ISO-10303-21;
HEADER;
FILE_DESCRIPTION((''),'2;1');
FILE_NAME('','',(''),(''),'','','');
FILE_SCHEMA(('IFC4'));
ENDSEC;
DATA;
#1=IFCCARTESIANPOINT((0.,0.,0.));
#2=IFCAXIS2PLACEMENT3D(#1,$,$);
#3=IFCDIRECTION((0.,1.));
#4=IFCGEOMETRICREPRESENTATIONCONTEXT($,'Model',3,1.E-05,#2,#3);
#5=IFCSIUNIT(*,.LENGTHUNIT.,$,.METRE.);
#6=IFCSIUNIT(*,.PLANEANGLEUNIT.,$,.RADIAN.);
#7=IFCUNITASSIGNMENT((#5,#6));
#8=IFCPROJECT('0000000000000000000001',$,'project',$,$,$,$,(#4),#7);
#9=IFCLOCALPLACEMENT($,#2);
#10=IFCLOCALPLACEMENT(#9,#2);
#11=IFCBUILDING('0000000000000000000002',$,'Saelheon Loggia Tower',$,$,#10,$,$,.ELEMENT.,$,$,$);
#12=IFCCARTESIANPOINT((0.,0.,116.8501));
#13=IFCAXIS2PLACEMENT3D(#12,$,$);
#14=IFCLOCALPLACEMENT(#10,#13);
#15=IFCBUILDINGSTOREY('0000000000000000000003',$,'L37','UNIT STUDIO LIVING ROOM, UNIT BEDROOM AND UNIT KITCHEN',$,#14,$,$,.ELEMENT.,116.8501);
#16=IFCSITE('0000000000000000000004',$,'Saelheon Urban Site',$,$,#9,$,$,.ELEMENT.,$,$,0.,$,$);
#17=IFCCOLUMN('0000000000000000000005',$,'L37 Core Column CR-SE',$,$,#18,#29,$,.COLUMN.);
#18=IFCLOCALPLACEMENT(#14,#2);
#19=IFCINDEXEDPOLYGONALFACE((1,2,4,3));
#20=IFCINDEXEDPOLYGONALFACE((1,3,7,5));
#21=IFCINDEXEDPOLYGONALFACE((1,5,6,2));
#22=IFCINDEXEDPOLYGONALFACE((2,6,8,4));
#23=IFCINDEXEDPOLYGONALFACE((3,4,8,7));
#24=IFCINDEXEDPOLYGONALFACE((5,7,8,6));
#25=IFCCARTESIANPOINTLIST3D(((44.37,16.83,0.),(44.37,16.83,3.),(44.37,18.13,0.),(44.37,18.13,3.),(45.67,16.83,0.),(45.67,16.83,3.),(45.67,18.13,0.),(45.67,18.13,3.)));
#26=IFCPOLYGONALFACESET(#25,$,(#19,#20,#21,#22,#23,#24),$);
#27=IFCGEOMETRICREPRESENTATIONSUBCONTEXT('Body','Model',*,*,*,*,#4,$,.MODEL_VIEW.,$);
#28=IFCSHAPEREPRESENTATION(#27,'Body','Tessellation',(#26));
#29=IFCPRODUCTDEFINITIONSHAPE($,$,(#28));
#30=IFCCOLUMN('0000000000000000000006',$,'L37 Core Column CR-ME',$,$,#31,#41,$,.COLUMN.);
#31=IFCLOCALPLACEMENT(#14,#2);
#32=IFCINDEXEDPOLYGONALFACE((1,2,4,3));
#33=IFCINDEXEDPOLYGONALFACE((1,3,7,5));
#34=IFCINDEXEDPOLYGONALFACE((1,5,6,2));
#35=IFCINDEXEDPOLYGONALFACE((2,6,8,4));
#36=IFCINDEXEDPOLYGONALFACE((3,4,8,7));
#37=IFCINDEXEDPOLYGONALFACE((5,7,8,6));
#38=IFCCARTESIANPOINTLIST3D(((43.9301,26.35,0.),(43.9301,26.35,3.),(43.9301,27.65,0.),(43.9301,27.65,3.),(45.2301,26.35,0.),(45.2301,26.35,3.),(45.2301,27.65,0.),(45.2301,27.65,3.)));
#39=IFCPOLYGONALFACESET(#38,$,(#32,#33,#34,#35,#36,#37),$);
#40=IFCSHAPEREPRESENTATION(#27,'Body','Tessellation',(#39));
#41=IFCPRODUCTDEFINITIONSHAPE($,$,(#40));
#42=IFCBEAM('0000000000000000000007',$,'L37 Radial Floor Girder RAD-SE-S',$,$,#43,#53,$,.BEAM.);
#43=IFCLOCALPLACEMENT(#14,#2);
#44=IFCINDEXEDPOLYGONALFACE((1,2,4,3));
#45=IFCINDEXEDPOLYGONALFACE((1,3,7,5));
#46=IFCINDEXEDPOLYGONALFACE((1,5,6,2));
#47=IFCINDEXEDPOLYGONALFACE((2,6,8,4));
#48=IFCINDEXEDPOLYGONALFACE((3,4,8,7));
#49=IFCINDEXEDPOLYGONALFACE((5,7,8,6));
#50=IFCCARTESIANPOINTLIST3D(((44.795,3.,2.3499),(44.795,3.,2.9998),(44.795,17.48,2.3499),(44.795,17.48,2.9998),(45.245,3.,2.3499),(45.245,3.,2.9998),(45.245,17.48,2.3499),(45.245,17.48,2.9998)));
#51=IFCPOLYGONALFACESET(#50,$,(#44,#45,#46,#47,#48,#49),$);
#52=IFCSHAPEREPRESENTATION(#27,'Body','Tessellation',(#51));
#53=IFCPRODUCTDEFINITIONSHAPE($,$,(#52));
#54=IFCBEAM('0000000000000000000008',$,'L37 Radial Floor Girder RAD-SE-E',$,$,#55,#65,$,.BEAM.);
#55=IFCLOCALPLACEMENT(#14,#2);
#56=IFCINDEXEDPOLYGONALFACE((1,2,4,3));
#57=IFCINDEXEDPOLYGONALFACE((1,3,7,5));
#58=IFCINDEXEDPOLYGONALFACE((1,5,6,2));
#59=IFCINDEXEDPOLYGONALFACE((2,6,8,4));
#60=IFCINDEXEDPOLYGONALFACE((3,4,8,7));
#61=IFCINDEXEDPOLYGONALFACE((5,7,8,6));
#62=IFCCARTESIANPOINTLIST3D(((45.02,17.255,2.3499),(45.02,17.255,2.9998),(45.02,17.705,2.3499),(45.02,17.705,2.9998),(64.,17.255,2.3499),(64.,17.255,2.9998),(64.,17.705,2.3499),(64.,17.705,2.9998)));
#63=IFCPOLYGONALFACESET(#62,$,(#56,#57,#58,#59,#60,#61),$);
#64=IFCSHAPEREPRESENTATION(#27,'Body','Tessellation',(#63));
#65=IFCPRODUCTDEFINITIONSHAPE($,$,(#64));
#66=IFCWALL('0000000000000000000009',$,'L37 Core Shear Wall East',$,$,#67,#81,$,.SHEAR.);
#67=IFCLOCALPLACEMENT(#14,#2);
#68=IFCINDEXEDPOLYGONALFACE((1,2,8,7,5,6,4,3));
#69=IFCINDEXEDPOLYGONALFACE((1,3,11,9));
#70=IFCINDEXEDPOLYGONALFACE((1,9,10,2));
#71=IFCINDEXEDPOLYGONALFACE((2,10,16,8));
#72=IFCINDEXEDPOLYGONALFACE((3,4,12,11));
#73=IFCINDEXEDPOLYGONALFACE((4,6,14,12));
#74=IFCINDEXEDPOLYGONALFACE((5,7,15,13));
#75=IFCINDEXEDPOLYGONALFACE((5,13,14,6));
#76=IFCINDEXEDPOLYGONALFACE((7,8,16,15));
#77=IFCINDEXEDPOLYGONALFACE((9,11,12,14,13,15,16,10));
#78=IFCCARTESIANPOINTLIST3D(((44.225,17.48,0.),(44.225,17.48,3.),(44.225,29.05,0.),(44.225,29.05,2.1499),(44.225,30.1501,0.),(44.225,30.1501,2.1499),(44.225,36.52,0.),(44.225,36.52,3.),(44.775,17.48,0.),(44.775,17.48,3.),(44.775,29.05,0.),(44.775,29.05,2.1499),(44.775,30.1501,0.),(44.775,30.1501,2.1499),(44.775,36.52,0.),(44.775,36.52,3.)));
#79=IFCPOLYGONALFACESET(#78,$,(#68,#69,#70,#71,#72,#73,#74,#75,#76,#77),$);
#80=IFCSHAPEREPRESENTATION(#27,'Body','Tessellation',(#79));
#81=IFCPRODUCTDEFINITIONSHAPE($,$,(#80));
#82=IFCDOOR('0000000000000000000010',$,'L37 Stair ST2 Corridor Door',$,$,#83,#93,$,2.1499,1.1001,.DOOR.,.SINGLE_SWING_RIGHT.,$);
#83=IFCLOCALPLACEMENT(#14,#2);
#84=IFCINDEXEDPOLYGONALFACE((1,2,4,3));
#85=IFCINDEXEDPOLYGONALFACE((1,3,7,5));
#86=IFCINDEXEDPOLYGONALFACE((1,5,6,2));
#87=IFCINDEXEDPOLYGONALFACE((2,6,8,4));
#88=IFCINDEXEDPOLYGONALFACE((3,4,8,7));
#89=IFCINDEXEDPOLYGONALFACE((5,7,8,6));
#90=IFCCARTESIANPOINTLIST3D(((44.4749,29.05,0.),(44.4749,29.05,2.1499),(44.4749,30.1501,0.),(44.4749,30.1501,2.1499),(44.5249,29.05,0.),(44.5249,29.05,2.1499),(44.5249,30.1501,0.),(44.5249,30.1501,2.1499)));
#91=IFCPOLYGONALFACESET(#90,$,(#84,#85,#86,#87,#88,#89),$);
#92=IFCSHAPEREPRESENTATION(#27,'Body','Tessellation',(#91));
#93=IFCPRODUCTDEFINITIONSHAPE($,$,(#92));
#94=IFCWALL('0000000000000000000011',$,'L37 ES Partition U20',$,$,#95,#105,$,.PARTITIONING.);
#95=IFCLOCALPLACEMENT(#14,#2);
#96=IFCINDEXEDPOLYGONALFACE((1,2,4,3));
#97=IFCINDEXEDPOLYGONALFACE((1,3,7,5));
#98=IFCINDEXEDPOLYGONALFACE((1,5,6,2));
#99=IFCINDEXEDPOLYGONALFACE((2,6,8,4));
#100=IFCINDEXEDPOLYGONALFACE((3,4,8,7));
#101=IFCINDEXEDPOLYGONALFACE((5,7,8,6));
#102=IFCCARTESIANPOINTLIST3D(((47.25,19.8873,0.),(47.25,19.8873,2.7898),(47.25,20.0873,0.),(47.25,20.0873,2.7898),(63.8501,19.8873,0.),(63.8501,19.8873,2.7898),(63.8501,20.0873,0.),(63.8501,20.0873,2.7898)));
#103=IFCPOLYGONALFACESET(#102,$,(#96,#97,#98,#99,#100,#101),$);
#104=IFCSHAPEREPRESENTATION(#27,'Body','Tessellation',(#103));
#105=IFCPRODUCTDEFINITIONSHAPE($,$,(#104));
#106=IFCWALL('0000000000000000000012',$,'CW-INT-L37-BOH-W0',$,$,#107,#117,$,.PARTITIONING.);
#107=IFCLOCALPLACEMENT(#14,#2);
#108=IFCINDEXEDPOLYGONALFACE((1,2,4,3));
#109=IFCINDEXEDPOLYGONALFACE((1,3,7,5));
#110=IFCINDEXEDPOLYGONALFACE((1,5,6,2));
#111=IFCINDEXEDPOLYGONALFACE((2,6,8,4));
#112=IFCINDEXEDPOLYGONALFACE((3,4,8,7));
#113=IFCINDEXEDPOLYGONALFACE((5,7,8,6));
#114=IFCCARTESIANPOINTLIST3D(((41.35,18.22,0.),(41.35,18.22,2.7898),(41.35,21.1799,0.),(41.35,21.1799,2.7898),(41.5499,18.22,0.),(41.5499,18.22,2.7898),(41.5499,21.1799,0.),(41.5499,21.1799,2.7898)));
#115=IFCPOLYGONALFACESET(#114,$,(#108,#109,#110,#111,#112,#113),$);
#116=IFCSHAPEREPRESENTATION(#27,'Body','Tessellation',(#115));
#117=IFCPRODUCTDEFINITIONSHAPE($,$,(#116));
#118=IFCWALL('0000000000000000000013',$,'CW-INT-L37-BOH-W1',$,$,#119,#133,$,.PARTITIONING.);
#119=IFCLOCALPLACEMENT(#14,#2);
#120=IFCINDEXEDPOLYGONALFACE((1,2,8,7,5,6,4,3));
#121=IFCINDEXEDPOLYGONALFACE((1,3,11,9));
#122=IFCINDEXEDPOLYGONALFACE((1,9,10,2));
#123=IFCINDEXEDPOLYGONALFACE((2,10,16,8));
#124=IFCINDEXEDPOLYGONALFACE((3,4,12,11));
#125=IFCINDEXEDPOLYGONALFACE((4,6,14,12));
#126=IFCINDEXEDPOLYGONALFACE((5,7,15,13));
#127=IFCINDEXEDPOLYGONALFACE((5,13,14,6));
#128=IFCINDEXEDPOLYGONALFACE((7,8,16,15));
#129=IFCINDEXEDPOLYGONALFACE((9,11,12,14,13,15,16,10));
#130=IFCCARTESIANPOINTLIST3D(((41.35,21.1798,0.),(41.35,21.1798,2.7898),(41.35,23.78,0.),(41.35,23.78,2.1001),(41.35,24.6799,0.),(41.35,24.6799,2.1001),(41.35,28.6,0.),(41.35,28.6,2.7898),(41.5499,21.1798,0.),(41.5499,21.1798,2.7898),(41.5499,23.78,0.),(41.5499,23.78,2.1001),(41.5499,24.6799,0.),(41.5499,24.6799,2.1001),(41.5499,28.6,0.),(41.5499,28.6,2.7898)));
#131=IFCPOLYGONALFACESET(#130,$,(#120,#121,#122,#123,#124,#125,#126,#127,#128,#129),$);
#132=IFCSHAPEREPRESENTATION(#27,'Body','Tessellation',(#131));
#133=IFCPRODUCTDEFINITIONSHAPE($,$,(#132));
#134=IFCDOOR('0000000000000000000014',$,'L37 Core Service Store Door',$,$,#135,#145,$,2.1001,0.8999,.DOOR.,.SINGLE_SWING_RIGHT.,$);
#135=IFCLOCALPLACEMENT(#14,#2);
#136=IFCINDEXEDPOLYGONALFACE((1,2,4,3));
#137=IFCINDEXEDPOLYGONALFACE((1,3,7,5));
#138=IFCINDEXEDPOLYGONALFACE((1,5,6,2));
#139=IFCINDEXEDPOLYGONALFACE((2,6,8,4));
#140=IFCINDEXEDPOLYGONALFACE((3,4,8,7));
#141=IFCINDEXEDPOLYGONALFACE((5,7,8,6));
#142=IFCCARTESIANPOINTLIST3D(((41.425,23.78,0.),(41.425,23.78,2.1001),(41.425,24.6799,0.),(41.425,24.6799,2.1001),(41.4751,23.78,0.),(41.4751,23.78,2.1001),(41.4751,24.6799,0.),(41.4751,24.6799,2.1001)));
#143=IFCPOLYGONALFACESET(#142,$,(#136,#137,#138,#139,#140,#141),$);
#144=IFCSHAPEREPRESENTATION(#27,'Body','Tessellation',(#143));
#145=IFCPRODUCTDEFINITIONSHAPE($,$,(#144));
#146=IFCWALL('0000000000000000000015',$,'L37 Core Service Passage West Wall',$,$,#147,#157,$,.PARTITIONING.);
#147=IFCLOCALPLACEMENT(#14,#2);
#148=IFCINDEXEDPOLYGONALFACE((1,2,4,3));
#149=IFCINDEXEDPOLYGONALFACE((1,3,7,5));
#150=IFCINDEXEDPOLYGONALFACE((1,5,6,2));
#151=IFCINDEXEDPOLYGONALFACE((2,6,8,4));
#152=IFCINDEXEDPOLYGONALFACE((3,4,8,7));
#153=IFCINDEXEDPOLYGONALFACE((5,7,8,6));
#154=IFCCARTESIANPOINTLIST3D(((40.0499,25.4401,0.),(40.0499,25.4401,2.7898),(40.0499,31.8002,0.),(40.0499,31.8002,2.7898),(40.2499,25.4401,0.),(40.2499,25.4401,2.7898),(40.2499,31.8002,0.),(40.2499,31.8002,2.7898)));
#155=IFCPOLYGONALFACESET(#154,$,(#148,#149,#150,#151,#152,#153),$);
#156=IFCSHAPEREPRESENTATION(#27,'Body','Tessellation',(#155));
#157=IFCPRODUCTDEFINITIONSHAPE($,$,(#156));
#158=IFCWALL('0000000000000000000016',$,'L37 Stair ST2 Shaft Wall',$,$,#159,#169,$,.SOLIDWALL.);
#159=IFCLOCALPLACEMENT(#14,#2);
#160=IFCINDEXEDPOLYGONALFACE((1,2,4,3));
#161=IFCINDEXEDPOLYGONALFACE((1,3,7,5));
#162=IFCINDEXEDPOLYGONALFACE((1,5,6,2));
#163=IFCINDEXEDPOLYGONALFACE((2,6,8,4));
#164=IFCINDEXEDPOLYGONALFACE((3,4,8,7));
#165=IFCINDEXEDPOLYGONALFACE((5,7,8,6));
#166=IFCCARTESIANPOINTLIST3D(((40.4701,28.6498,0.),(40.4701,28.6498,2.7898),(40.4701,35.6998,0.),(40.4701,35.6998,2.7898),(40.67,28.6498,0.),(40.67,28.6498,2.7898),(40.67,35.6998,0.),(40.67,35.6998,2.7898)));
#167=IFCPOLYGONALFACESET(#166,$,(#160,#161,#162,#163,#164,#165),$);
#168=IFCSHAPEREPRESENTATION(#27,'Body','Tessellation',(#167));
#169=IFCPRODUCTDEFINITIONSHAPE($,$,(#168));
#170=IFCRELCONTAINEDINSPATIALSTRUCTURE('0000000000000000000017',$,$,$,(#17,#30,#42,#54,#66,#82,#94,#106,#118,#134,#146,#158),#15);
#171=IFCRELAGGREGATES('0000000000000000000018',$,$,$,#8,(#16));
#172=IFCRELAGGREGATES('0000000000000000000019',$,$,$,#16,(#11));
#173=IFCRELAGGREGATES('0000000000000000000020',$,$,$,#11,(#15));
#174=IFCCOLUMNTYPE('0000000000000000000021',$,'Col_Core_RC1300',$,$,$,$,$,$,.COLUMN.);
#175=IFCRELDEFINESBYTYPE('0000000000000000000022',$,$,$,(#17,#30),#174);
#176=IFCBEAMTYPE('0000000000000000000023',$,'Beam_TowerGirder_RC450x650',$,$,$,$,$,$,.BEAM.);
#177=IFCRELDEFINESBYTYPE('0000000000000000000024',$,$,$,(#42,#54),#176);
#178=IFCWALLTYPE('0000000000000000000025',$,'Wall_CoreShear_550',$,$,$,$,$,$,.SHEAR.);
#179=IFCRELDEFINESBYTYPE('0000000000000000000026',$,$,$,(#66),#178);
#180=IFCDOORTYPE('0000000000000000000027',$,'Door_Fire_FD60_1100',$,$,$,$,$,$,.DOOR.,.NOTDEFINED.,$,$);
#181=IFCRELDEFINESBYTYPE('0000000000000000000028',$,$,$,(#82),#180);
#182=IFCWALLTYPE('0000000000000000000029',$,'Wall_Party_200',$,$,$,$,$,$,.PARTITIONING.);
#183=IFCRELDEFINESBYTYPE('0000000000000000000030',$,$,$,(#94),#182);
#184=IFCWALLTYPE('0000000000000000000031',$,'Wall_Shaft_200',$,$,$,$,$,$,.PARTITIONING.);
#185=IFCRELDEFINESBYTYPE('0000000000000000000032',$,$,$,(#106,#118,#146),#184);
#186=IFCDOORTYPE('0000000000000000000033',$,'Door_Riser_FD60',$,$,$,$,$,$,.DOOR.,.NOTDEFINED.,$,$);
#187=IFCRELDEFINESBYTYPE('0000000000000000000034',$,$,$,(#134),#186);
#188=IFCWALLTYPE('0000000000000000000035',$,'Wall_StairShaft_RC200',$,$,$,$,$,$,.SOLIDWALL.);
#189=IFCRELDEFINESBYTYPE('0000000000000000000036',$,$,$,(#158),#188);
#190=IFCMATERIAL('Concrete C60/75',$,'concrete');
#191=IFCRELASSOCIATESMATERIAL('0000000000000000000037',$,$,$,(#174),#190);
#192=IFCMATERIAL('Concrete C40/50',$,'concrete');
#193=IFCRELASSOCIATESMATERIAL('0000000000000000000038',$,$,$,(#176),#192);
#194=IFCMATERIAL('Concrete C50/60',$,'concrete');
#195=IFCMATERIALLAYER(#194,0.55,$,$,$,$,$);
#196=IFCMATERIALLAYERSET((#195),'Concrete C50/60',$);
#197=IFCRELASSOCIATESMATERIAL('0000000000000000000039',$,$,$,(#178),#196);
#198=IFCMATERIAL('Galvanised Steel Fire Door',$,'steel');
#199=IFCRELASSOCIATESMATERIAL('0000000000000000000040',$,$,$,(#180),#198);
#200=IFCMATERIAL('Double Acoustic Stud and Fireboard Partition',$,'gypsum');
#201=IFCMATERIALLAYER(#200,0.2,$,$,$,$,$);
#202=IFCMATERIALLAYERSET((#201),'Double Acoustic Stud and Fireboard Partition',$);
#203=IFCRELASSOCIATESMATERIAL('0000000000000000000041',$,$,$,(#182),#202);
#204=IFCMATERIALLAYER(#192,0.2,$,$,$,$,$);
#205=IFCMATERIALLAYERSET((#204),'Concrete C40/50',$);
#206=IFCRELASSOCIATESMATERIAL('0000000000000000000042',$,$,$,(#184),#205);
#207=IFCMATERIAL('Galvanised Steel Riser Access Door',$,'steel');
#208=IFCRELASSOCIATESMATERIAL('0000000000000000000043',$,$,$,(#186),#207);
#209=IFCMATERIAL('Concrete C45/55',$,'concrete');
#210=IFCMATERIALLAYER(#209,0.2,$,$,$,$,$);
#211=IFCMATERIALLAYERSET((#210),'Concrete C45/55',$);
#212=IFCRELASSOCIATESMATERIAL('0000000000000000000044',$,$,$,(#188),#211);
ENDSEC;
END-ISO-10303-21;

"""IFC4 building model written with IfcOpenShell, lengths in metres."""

from ifc_helpers import new_model, si_unit, direction, frame, frame_2d, origin, origin_2d, place, context, subcontext, project, spatial, rectangle, extrude, source, transform, mapped, material, layer, layer_set, material_profile, profile_set, type_object, element, fill, save


model = new_model("IFC4")

# Units and contexts
model_context = context("Model", 3, precision=1e-05, world=origin(), true_north=direction((0.0, 1.0)))
body_context = subcontext(model_context, "Body", "Model", "MODEL_VIEW")
ifc_project = project(units=[si_unit("LENGTHUNIT", "METRE"), si_unit("PLANEANGLEUNIT", "RADIAN")], contexts=[model_context])

# Site, building, storey
site_placement = place(None, origin())
site = spatial("IfcSite", under=ifc_project, at=site_placement, Name="Saelheon Urban Site", CompositionType="ELEMENT", RefElevation=0.0)
building_placement = place(site_placement, origin())
building = spatial("IfcBuilding", under=site, at=building_placement, Name="Saelheon Loggia Tower", CompositionType="ELEMENT")
storey_placement = place(building_placement, frame((0.0, 0.0, 116.8501)))
storey = spatial("IfcBuildingStorey", under=building, at=storey_placement, Name="L37", Description="UNIT STUDIO LIVING ROOM, UNIT BEDROOM AND UNIT KITCHEN", CompositionType="ELEMENT", Elevation=116.8501)

# Columns
ifc_material_1 = material(Name="Concrete C60/75", Category="concrete")
ifc_material_profile_1 = material_profile(ifc_material_1, rectangle(XDim=1.3, YDim=1.3, at=origin_2d()), Name="RC-1300x1300")
ifc_profile_set_1 = profile_set([ifc_material_profile_1], Name="Concrete C60/75")
column_type = type_object("IfcColumnType", Name="Col_Core_RC1300", PredefinedType="COLUMN", material=ifc_profile_set_1)
shared_shape_1 = source(origin(), body_context, "Body", "SweptSolid", [
    extrude(rectangle(XDim=1.3, YDim=1.3, at=origin_2d()), origin(), (0.0, 0.0, 1.0), 3.0),
])
for number, where, z_axis, x_axis, name in (
    (1, (45.02, 17.48, 0.0), (0.0, 0.0, 1.0), (1.0, 0.0, 0.0), "L37 Core Column CR-SE"),
    (2, (44.5801, 27.0, 0.0), (0.0, 0.0, 1.0), (1.0, 0.0, 0.0), "L37 Core Column CR-ME"),
):
    element("IfcColumn", number, at=place(storey_placement, frame(where, z_axis=z_axis, x_axis=x_axis)), inside=storey, type_object=column_type, Name=name, PredefinedType="COLUMN", context=body_context, shape_type="MappedRepresentation", body=[
        mapped(shared_shape_1, transform((0.0, 0.0, 0.0), scale=1.0)),
    ])

# Beams
ifc_material_2 = material(Name="Concrete C40/50", Category="concrete")
ifc_material_profile_2 = material_profile(ifc_material_2, rectangle(XDim=0.45, YDim=0.6499, at=origin_2d()), Name="RC-450x650")
ifc_profile_set_2 = profile_set([ifc_material_profile_2], Name="Concrete C40/50")
beam_type = type_object("IfcBeamType", Name="Beam_TowerGirder_RC450x650", PredefinedType="BEAM", material=ifc_profile_set_2)
shared_shape_2 = source(origin(), body_context, "Body", "SweptSolid", [
    extrude(rectangle(XDim=0.45, YDim=0.6499, at=origin_2d()), origin(), (0.0, 0.0, 1.0), 14.48),
])
beam_1_placement = place(storey_placement, frame((45.02, 17.48, 2.6748), z_axis=(0.0, -1.0, 0.0), x_axis=(1.0, 0.0, 0.0)))
element("IfcBeam", 3, at=beam_1_placement, inside=storey, type_object=beam_type, Name="L37 Radial Floor Girder RAD-SE-S", PredefinedType="BEAM", context=body_context, shape_type="MappedRepresentation", body=[
    mapped(shared_shape_2, transform((0.0, 0.0, 0.0), scale=1.0)),
])
shared_shape_3 = source(origin(), body_context, "Body", "SweptSolid", [
    extrude(rectangle(XDim=0.45, YDim=0.6499, at=origin_2d()), origin(), (0.0, 0.0, 1.0), 18.98),
])
beam_2_placement = place(storey_placement, frame((45.02, 17.48, 2.6748), z_axis=(1.0, 0.0, 0.0), x_axis=(0.0, 1.0, 0.0)))
element("IfcBeam", 4, at=beam_2_placement, inside=storey, type_object=beam_type, Name="L37 Radial Floor Girder RAD-SE-E", PredefinedType="BEAM", context=body_context, shape_type="MappedRepresentation", body=[
    mapped(shared_shape_3, transform((0.0, 0.0, 0.0), scale=1.0)),
])

# Wall, opening, door
ifc_material_3 = material(Name="Concrete C50/60", Category="concrete")
ifc_layer_1 = layer(ifc_material_3, 0.55)
ifc_layer_set_1 = layer_set([ifc_layer_1], Name="Concrete C50/60")
wall_type_1 = type_object("IfcWallType", Name="Wall_CoreShear_550", PredefinedType="SHEAR", material=ifc_layer_set_1)
wall_1_placement = place(storey_placement, frame((44.5, 17.48, 0.0), z_axis=(0.0, 0.0, 1.0), x_axis=(0.0, 1.0, 0.0)))
wall_1 = element("IfcWall", 5, at=wall_1_placement, inside=storey, type_object=wall_type_1, Name="L37 Core Shear Wall East", PredefinedType="SHEAR", context=body_context, shape_type="SweptSolid", body=[
    extrude(rectangle(XDim=19.04, YDim=0.55, at=frame_2d((9.52, 0.0))), origin(), (0.0, 0.0, 1.0), 3.0),
])
opening_1_placement = place(wall_1_placement, frame((12.6702, 0.0, 0.0), z_axis=(0.0, 0.0, 1.0), x_axis=(-1.0, 0.0, 0.0)))
opening_1 = element("IfcOpeningElement", 6, at=opening_1_placement, cuts=wall_1, PredefinedType="OPENING", context=body_context, shape_type="SweptSolid", body=[
    extrude(rectangle(XDim=1.1001, YDim=2.1499, at=frame_2d((0.55, 1.075))), frame((0.0, 0.2871, 0.0), z_axis=(0.0, -1.0, 0.0), x_axis=(1.0, 0.0, 0.0)), (0.0, 0.0, 1.0), 0.574),
])
ifc_material_4 = material(Name="Galvanised Steel Fire Door", Category="steel")
door_type_1 = type_object("IfcDoorType", Name="Door_Fire_FD60_1100", OperationType="NOTDEFINED", PredefinedType="DOOR", material=ifc_material_4)
shared_shape_4 = source(origin(), body_context, "Body", "SweptSolid", [
    extrude(rectangle(XDim=1.1001, YDim=2.1499, at=frame_2d((0.55, 1.075))), frame((0.0, 0.0249, 0.0), z_axis=(0.0, -1.0, 0.0), x_axis=(1.0, 0.0, 0.0)), (0.0, 0.0, 1.0), 0.05),
])
door_1_placement = place(opening_1_placement, origin())
door_1 = element("IfcDoor", 7, at=door_1_placement, inside=storey, type_object=door_type_1, Name="L37 Stair ST2 Corridor Door", OperationType="SINGLE_SWING_RIGHT", OverallHeight=2.1499, OverallWidth=1.1001, PredefinedType="DOOR", context=body_context, shape_type="MappedRepresentation", body=[
    mapped(shared_shape_4, transform((0.0, 0.0, 0.0), scale=1.0)),
])
fill(opening_1, door_1)

# Walls
ifc_material_5 = material(Name="Double Acoustic Stud and Fireboard Partition", Category="gypsum")
ifc_layer_2 = layer(ifc_material_5, 0.2)
ifc_layer_set_2 = layer_set([ifc_layer_2], Name="Double Acoustic Stud and Fireboard Partition")
wall_type_2 = type_object("IfcWallType", Name="Wall_Party_200", PredefinedType="PARTITIONING", material=ifc_layer_set_2)
wall_2_placement = place(storey_placement, frame((47.25, 19.9873, 0.0), z_axis=(0.0, 0.0, 1.0), x_axis=(1.0, 0.0, 0.0)))
element("IfcWall", 8, at=wall_2_placement, inside=storey, type_object=wall_type_2, Name="L37 ES Partition U20", PredefinedType="PARTITIONING", context=body_context, shape_type="SweptSolid", body=[
    extrude(rectangle(XDim=16.6001, YDim=0.2, at=frame_2d((8.3, 0.0))), origin(), (0.0, 0.0, 1.0), 2.7898),
])
ifc_layer_3 = layer(ifc_material_2, 0.2)
ifc_layer_set_3 = layer_set([ifc_layer_3], Name="Concrete C40/50")
wall_type_3 = type_object("IfcWallType", Name="Wall_Shaft_200", PredefinedType="PARTITIONING", material=ifc_layer_set_3)
wall_3_placement = place(storey_placement, frame((41.45, 18.22, 0.0), z_axis=(0.0, 0.0, 1.0), x_axis=(0.0, 1.0, 0.0)))
element("IfcWall", 9, at=wall_3_placement, inside=storey, type_object=wall_type_3, Name="CW-INT-L37-BOH-W0", PredefinedType="PARTITIONING", context=body_context, shape_type="SweptSolid", body=[
    extrude(rectangle(XDim=2.96, YDim=0.2, at=frame_2d((1.48, 0.0))), origin(), (0.0, 0.0, 1.0), 2.7898),
])

# Wall, opening, door
wall_4_placement = place(storey_placement, frame((41.45, 21.1799, 0.0), z_axis=(0.0, 0.0, 1.0), x_axis=(0.0, 1.0, 0.0)))
wall_4 = element("IfcWall", 10, at=wall_4_placement, inside=storey, type_object=wall_type_3, Name="CW-INT-L37-BOH-W1", PredefinedType="PARTITIONING", context=body_context, shape_type="SweptSolid", body=[
    extrude(rectangle(XDim=7.4202, YDim=0.2, at=frame_2d((3.71, 0.0))), origin(), (0.0, 0.0, 1.0), 2.7898),
])
opening_2_placement = place(wall_4_placement, frame((2.6001, 0.0, 0.0)))
opening_2 = element("IfcOpeningElement", 11, at=opening_2_placement, cuts=wall_4, PredefinedType="OPENING", context=body_context, shape_type="SweptSolid", body=[
    extrude(rectangle(XDim=0.8999, YDim=2.1001, at=frame_2d((0.45, 1.05))), frame((0.0, 0.1121, 0.0), z_axis=(0.0, -1.0, 0.0), x_axis=(1.0, 0.0, 0.0)), (0.0, 0.0, 1.0), 0.2239),
])
ifc_material_6 = material(Name="Galvanised Steel Riser Access Door", Category="steel")
door_type_2 = type_object("IfcDoorType", Name="Door_Riser_FD60", OperationType="NOTDEFINED", PredefinedType="DOOR", material=ifc_material_6)
shared_shape_5 = source(origin(), body_context, "Body", "SweptSolid", [
    extrude(rectangle(XDim=0.8999, YDim=2.1001, at=frame_2d((0.45, 1.05))), frame((0.0, 0.0249, 0.0), z_axis=(0.0, -1.0, 0.0), x_axis=(1.0, 0.0, 0.0)), (0.0, 0.0, 1.0), 0.05),
])
door_2_placement = place(opening_2_placement, origin())
door_2 = element("IfcDoor", 12, at=door_2_placement, inside=storey, type_object=door_type_2, Name="L37 Core Service Store Door", OperationType="SINGLE_SWING_RIGHT", OverallHeight=2.1001, OverallWidth=0.8999, PredefinedType="DOOR", context=body_context, shape_type="MappedRepresentation", body=[
    mapped(shared_shape_5, transform((0.0, 0.0, 0.0), scale=1.0)),
])
fill(opening_2, door_2)

# Wall
wall_5_placement = place(storey_placement, frame((40.1499, 25.4399, 0.0), z_axis=(0.0, 0.0, 1.0), x_axis=(0.0, 1.0, 0.0)))
element("IfcWall", 13, at=wall_5_placement, inside=storey, type_object=wall_type_3, Name="L37 Core Service Passage West Wall", PredefinedType="PARTITIONING", context=body_context, shape_type="SweptSolid", body=[
    extrude(rectangle(XDim=6.3601, YDim=0.2, at=frame_2d((3.1802, 0.0))), origin(), (0.0, 0.0, 1.0), 2.7898),
])

# Shared definitions
ifc_material_7 = material(Name="Concrete C45/55", Category="concrete")
ifc_layer_4 = layer(ifc_material_7, 0.2)
ifc_layer_set_4 = layer_set([ifc_layer_4], Name="Concrete C45/55")
wall_type_4 = type_object("IfcWallType", Name="Wall_StairShaft_RC200", PredefinedType="SOLIDWALL", material=ifc_layer_set_4)

# Wall
wall_6_placement = place(storey_placement, frame((40.5701, 28.6499, 0.0), z_axis=(0.0, 0.0, 1.0), x_axis=(0.0, 1.0, 0.0)))
element("IfcWall", 14, at=wall_6_placement, inside=storey, type_object=wall_type_4, Name="L37 Stair ST2 Shaft Wall", PredefinedType="SOLIDWALL", context=body_context, shape_type="SweptSolid", body=[
    extrude(rectangle(XDim=7.05, YDim=0.2, at=frame_2d((3.5249, 0.0))), origin(), (0.0, 0.0, 1.0), 2.7898),
])

save(model, "model.ifc")
